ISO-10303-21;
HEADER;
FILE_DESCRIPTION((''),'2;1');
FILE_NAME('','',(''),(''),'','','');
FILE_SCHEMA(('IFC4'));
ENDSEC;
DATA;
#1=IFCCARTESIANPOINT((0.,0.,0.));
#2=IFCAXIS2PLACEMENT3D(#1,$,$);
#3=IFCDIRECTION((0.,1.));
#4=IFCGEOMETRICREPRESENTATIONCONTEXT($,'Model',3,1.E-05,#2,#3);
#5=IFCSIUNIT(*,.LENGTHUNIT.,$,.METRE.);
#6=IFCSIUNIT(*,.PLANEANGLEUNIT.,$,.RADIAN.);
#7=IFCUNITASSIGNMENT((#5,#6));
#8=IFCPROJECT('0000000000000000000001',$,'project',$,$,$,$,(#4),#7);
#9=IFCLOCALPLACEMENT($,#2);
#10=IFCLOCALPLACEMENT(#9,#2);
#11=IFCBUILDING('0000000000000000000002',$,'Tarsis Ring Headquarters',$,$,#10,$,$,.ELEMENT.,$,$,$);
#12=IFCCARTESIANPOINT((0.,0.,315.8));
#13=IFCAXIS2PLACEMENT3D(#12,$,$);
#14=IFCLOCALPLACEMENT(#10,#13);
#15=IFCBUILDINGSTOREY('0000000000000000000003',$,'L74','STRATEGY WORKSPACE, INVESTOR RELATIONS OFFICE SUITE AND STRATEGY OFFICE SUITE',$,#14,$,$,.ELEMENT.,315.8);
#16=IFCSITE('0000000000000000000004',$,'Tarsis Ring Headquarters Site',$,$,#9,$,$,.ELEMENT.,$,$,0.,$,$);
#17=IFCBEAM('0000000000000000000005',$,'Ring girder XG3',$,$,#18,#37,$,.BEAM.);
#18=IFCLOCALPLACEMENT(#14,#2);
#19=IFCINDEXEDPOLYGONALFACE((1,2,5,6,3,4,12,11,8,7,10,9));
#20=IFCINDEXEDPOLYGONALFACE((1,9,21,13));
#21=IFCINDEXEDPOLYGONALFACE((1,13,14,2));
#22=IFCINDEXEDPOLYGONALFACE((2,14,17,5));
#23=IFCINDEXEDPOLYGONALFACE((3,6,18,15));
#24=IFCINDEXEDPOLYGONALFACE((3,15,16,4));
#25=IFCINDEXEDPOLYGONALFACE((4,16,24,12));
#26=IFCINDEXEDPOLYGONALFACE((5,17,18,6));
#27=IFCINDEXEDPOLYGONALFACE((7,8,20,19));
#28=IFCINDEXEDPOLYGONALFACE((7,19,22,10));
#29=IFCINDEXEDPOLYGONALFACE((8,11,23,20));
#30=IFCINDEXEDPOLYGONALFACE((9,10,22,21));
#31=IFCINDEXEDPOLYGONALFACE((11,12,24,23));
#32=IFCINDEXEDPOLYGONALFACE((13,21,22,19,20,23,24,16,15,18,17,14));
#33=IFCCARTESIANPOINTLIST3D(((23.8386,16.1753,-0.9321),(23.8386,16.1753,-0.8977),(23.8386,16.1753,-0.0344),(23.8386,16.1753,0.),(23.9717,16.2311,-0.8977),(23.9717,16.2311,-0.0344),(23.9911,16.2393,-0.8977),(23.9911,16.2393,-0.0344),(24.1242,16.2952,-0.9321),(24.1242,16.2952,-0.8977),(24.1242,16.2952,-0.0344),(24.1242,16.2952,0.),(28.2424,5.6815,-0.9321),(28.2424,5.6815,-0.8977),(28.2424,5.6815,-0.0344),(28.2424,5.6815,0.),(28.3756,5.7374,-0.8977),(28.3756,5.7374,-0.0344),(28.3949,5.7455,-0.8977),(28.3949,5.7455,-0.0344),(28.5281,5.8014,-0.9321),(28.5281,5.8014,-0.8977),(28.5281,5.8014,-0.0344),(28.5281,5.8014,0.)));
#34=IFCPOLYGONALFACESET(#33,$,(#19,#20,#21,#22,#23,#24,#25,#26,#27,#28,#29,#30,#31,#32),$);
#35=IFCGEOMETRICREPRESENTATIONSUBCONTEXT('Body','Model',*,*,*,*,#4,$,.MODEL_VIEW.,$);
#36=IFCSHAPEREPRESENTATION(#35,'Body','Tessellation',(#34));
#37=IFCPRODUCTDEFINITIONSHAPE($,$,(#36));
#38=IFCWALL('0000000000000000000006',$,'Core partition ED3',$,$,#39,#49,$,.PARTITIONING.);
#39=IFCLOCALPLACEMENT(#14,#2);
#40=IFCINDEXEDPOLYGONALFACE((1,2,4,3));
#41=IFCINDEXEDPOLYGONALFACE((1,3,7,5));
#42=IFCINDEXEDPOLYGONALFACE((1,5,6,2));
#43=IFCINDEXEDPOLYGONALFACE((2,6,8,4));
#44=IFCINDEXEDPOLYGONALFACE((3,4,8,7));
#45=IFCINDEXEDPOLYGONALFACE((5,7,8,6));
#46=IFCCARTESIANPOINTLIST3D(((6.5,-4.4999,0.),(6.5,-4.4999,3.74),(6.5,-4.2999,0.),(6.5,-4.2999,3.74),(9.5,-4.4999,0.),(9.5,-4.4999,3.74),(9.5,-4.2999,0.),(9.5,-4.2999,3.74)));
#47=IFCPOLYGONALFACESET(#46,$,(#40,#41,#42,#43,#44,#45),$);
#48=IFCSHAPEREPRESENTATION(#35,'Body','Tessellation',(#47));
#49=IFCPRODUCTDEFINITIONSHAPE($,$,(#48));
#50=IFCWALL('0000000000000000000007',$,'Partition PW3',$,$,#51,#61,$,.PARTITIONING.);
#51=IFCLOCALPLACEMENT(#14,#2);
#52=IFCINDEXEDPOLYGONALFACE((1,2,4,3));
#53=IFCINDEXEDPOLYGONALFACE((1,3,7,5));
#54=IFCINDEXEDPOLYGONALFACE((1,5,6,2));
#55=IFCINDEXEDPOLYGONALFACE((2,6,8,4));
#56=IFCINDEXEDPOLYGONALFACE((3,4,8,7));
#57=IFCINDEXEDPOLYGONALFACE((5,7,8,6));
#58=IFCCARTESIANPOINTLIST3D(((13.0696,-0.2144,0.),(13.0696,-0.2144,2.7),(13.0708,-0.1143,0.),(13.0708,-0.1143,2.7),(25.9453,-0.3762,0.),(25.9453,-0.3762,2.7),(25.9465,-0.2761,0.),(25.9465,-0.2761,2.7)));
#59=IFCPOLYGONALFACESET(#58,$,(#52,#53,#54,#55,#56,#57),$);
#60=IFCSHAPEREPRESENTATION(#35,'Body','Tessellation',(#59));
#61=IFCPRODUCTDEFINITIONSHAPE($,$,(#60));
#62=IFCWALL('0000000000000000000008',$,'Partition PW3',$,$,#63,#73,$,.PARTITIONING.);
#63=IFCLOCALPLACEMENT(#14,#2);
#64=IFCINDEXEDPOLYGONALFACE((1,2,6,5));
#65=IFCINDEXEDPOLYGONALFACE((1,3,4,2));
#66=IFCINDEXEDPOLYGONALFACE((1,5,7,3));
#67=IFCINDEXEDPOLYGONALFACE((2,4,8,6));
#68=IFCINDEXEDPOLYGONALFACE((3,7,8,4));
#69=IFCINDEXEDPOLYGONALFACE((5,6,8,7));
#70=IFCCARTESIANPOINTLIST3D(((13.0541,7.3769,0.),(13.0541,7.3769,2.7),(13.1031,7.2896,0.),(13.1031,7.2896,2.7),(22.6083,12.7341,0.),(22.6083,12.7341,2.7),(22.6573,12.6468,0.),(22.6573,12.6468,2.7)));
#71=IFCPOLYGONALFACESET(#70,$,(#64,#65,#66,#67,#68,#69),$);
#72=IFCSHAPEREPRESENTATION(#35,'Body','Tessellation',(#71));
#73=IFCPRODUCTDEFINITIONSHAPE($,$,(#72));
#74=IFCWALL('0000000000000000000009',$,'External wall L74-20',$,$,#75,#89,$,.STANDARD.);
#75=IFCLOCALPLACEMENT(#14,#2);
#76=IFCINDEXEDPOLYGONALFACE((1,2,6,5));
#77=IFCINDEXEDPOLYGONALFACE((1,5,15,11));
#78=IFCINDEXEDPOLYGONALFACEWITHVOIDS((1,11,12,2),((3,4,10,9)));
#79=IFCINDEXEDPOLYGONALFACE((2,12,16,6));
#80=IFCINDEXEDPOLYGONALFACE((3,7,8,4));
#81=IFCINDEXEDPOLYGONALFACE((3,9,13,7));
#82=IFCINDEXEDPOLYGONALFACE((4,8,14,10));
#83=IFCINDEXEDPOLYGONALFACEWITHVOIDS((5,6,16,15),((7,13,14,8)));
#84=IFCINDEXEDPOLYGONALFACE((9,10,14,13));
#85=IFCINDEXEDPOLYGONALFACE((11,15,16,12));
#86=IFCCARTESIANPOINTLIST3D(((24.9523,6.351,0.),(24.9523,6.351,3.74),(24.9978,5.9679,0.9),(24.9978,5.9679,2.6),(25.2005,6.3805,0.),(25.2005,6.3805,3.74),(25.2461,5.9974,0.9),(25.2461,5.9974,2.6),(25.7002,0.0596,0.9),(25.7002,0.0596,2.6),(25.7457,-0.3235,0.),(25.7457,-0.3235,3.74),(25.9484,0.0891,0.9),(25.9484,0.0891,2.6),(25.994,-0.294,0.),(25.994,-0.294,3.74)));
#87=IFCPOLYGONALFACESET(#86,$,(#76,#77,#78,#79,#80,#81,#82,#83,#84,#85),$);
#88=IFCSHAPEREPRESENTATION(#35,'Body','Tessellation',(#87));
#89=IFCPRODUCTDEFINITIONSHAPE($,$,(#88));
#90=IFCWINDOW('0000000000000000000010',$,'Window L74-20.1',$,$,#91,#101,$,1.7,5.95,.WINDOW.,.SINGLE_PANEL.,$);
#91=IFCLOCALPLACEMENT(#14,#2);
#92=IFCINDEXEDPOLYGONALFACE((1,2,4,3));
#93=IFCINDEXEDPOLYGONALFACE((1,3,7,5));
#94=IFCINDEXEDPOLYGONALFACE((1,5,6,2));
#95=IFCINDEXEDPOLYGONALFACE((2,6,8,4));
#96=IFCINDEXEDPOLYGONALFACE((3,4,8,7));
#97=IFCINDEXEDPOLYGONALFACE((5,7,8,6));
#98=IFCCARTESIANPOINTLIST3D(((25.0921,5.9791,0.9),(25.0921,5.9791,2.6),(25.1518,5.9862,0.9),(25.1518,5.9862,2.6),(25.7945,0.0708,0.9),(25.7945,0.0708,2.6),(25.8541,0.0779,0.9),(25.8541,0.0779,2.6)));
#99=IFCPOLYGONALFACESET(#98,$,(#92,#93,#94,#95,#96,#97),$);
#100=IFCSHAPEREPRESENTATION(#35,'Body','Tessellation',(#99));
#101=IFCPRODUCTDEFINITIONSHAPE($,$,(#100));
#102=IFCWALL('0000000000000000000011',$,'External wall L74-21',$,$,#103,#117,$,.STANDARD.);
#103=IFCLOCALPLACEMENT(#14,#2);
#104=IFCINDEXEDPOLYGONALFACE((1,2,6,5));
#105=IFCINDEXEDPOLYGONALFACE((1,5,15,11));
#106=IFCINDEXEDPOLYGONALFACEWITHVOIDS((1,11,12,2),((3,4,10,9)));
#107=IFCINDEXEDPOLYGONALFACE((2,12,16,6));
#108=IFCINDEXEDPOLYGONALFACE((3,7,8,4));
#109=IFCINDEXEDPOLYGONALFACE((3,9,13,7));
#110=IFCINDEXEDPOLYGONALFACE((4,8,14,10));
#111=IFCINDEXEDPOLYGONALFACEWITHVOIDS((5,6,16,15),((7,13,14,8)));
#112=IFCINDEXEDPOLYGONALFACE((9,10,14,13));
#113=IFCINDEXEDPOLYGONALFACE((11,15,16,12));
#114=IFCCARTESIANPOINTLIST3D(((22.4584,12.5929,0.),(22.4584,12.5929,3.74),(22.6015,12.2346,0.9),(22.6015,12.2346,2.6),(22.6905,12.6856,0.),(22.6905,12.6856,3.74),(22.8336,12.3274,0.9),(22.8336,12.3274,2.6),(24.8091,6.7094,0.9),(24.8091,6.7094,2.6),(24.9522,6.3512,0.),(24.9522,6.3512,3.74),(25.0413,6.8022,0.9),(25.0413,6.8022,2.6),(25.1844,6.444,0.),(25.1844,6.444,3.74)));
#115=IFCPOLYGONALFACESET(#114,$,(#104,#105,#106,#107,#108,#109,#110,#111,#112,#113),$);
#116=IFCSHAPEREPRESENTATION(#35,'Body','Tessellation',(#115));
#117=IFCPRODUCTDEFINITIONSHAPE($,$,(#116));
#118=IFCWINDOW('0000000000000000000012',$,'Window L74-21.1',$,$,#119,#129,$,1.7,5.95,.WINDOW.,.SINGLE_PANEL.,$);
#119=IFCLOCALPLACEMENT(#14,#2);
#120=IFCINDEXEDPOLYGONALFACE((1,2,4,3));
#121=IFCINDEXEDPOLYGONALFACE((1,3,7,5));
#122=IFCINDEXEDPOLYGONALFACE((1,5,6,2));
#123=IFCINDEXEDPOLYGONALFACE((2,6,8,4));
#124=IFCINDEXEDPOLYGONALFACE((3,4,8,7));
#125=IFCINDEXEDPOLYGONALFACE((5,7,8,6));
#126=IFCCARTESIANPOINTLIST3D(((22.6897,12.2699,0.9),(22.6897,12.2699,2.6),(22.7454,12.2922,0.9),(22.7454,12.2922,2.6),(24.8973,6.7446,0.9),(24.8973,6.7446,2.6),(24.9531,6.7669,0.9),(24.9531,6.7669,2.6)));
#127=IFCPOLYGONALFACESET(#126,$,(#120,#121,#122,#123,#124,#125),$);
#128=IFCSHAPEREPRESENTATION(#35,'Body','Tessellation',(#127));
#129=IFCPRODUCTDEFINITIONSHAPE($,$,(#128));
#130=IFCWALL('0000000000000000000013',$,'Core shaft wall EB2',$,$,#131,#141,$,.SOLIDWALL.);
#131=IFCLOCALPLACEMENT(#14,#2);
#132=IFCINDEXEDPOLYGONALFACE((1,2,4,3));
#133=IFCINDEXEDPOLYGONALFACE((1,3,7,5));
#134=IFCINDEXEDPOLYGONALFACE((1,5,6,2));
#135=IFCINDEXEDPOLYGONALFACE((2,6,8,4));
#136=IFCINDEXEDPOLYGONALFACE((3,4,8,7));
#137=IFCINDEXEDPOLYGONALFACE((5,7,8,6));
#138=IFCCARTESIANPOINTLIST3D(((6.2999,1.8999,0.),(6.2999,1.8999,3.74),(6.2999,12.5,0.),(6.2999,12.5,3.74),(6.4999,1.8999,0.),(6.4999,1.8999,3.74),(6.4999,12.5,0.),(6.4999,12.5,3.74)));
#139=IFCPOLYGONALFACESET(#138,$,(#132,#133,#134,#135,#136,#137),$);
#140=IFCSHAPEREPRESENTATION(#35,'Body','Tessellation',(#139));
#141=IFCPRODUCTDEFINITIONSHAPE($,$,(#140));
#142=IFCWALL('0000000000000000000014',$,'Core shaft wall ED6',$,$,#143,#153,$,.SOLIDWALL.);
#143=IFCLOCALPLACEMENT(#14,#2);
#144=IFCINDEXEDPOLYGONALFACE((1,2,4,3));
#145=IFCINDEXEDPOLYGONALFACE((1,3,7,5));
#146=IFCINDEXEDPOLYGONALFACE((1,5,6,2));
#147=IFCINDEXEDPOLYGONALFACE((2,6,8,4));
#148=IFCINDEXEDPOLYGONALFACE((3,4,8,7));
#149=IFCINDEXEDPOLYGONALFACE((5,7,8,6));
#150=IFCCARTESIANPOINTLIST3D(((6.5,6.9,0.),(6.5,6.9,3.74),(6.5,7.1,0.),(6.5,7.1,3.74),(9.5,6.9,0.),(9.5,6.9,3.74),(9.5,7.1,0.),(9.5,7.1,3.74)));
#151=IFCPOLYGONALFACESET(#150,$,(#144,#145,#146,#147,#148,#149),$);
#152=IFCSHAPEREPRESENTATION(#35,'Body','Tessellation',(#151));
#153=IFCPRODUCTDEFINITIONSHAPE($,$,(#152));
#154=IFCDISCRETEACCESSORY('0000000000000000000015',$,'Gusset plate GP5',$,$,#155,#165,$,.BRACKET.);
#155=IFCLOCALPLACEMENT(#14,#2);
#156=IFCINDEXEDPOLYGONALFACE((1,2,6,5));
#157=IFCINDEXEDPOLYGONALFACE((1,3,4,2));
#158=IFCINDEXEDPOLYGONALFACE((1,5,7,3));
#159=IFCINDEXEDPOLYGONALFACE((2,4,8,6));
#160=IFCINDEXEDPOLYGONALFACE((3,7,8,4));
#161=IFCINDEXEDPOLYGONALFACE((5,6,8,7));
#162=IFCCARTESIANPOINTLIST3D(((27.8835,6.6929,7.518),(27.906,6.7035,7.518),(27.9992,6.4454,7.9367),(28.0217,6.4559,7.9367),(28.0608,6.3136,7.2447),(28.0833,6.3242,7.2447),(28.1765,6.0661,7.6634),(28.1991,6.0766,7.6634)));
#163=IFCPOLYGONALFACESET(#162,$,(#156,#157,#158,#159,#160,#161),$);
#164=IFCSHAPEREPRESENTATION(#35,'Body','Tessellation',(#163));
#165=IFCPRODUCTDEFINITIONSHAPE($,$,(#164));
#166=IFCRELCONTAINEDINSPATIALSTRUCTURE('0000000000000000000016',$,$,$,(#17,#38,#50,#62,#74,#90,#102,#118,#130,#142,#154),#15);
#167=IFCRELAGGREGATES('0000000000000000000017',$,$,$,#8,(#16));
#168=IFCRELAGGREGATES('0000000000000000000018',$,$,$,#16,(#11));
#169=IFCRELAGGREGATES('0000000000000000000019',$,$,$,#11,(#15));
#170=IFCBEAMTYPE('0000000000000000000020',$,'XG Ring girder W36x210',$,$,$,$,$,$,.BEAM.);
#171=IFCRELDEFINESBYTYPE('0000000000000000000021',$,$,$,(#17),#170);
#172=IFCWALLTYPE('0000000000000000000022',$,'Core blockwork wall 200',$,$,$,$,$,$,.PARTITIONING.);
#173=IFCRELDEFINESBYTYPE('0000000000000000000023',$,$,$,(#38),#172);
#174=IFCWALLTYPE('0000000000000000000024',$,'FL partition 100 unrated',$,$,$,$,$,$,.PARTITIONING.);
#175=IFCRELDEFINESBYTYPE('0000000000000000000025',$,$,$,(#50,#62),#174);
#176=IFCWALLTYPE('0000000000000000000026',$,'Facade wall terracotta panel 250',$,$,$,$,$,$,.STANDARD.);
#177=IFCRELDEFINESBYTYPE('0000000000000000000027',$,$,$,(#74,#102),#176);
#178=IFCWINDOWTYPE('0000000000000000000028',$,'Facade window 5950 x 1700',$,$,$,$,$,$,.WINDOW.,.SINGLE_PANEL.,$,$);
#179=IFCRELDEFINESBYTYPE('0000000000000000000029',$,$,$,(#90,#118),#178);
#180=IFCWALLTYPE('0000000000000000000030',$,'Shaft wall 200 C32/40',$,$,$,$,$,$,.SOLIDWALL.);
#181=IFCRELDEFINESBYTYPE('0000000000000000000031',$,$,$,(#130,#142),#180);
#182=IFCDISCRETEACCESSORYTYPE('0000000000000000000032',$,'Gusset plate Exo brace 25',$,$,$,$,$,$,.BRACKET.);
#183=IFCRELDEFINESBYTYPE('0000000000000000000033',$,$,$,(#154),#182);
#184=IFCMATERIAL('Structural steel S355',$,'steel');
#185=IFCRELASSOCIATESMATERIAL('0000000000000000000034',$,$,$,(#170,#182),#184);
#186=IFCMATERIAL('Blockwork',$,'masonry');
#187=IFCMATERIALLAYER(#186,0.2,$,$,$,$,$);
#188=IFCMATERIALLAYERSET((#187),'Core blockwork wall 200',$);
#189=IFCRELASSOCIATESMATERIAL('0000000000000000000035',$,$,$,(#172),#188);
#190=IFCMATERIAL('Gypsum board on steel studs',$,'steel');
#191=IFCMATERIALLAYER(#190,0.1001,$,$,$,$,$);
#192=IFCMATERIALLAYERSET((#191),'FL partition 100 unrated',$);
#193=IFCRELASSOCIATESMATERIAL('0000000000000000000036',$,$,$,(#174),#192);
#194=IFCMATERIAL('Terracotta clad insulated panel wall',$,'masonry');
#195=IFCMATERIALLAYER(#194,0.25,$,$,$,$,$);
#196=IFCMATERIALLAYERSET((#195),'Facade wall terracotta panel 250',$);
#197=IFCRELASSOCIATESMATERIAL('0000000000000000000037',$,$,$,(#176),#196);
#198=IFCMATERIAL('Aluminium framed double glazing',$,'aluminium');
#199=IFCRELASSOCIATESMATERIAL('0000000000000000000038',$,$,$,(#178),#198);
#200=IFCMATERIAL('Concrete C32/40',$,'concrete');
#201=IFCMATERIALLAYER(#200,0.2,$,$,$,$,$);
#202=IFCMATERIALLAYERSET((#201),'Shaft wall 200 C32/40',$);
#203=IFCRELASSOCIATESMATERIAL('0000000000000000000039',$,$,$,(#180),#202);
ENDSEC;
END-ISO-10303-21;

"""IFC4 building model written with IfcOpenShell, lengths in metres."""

from ifc_helpers import new_model, si_unit, direction, frame, frame_2d, origin, origin_2d, place, context, subcontext, project, spatial, rectangle, i_section, extrude, material, layer, layer_set, material_profile, profile_set, type_object, element, fill, save


model = new_model("IFC4")

# Units and contexts
model_context = context("Model", 3, precision=1e-05, world=origin(), true_north=direction((0.0, 1.0)))
body_context = subcontext(model_context, "Body", "Model", "MODEL_VIEW")
ifc_project = project(units=[si_unit("LENGTHUNIT", "METRE"), si_unit("PLANEANGLEUNIT", "RADIAN")], contexts=[model_context])

# Site, building, storey
site_placement = place(None, origin())
site = spatial("IfcSite", under=ifc_project, at=site_placement, Name="Tarsis Ring Headquarters Site", CompositionType="ELEMENT", RefElevation=0.0)
building_placement = place(site_placement, origin())
building = spatial("IfcBuilding", under=site, at=building_placement, Name="Tarsis Ring Headquarters", CompositionType="ELEMENT")
storey_placement = place(building_placement, frame((0.0, 0.0, 315.8)))
storey = spatial("IfcBuildingStorey", under=building, at=storey_placement, Name="L74", Description="STRATEGY WORKSPACE, INVESTOR RELATIONS OFFICE SUITE AND STRATEGY OFFICE SUITE", CompositionType="ELEMENT", Elevation=315.8)

# Shared definitions
ifc_material_1 = material(Name="Structural steel S355", Category="steel")

# Beam
ifc_material_profile_1 = material_profile(ifc_material_1, i_section(OverallWidth=0.3098, OverallDepth=0.9321, WebThickness=0.021, FlangeThickness=0.0344, at=origin_2d()), Name="W36x210")
ifc_profile_set_1 = profile_set([ifc_material_profile_1], Name="Structural steel S355")
beam_type_1 = type_object("IfcBeamType", Name="XG Ring girder W36x210", PredefinedType="BEAM", material=ifc_profile_set_1)
beam_1_placement = place(storey_placement, frame((28.3853, 5.7415, -0.4661), z_axis=(-0.386969, 0.922093, 0.0), x_axis=(-0.922093, -0.386969, 0.0)))
element("IfcBeam", 1, at=beam_1_placement, inside=storey, type_object=beam_type_1, Name="Ring girder XG3", PredefinedType="BEAM", context=body_context, shape_type="SweptSolid", body=[
    extrude(i_section(OverallWidth=0.3098, OverallDepth=0.9321, WebThickness=0.021, FlangeThickness=0.0344, at=origin_2d()), origin(), (0.0, 0.0, 1.0), 11.3804),
])

# Walls
ifc_material_2 = material(Name="Blockwork", Category="masonry")
ifc_layer_1 = layer(ifc_material_2, 0.2)
ifc_layer_set_1 = layer_set([ifc_layer_1], Name="Core blockwork wall 200")
wall_type_1 = type_object("IfcWallType", Name="Core blockwork wall 200", PredefinedType="PARTITIONING", material=ifc_layer_set_1)
wall_1_placement = place(storey_placement, frame((6.5, -4.3999, 0.0), z_axis=(0.0, 0.0, 1.0), x_axis=(1.0, 0.0, 0.0)))
element("IfcWall", 2, at=wall_1_placement, inside=storey, type_object=wall_type_1, Name="Core partition ED3", PredefinedType="PARTITIONING", context=body_context, shape_type="SweptSolid", body=[
    extrude(rectangle(XDim=3.0, YDim=0.2, at=frame_2d((1.5, 0.0))), origin(), (0.0, 0.0, 1.0), 3.74),
])
ifc_material_3 = material(Name="Gypsum board on steel studs", Category="steel")
ifc_layer_2 = layer(ifc_material_3, 0.1001)
ifc_layer_set_2 = layer_set([ifc_layer_2], Name="FL partition 100 unrated")
wall_type_2 = type_object("IfcWallType", Name="FL partition 100 unrated", PredefinedType="PARTITIONING", material=ifc_layer_set_2)
wall_2_placement = place(storey_placement, frame((13.0701, -0.1643, 0.0), z_axis=(0.0, 0.0, 1.0), x_axis=(0.999921, -0.01257, 0.0)))
element("IfcWall", 3, at=wall_2_placement, inside=storey, type_object=wall_type_2, Name="Partition PW3", PredefinedType="PARTITIONING", context=body_context, shape_type="SweptSolid", body=[
    extrude(rectangle(XDim=12.8767, YDim=0.1001, at=frame_2d((6.4385, 0.0))), origin(), (0.0, 0.0, 1.0), 2.7),
])
wall_3_placement = place(storey_placement, frame((13.0786, 7.3333, 0.0), z_axis=(0.0, 0.0, 1.0), x_axis=(0.87224, 0.489078, 0.0)))
element("IfcWall", 4, at=wall_3_placement, inside=storey, type_object=wall_type_2, Name="Partition PW3", PredefinedType="PARTITIONING", context=body_context, shape_type="SweptSolid", body=[
    extrude(rectangle(XDim=10.9536, YDim=0.1001, at=frame_2d((5.4768, 0.0))), origin(), (0.0, 0.0, 1.0), 2.7),
])

# Walls, openings, windows
ifc_material_4 = material(Name="Terracotta clad insulated panel wall", Category="masonry")
ifc_layer_3 = layer(ifc_material_4, 0.25)
ifc_layer_set_3 = layer_set([ifc_layer_3], Name="Facade wall terracotta panel 250")
wall_type_3 = type_object("IfcWallType", Name="Facade wall terracotta panel 250", PredefinedType="STANDARD", material=ifc_layer_set_3)
wall_4_placement = place(storey_placement, frame((25.8699, -0.3088, 0.0), z_axis=(0.0, 0.0, 1.0), x_axis=(-0.118047, 0.993008, 0.0)))
wall_4 = element("IfcWall", 5, at=wall_4_placement, inside=storey, type_object=wall_type_3, Name="External wall L74-20", PredefinedType="STANDARD", context=body_context, shape_type="SweptSolid", body=[
    extrude(rectangle(XDim=6.7214, YDim=0.25, at=frame_2d((3.3608, 0.0))), origin(), (0.0, 0.0, 1.0), 3.74),
])
opening_1_placement = place(wall_4_placement, frame((0.3857, 0.0, 0.8999)))
opening_1 = element("IfcOpeningElement", 6, at=opening_1_placement, cuts=wall_4, PredefinedType="OPENING", context=body_context, shape_type="SweptSolid", body=[
    extrude(rectangle(XDim=5.95, YDim=1.7, at=frame_2d((2.9751, 0.8501))), frame((0.0, 0.135, 0.0), z_axis=(0.0, -1.0, 0.0), x_axis=(1.0, 0.0, 0.0)), (0.0, 0.0, 1.0), 0.27),
])
ifc_material_5 = material(Name="Aluminium framed double glazing", Category="aluminium")
window_type = type_object("IfcWindowType", Name="Facade window 5950 x 1700", PartitioningType="SINGLE_PANEL", PredefinedType="WINDOW", material=ifc_material_5)
window_1_placement = place(opening_1_placement, origin())
window_1 = element("IfcWindow", 7, at=window_1_placement, inside=storey, type_object=window_type, Name="Window L74-20.1", OverallHeight=1.7, OverallWidth=5.95, PartitioningType="SINGLE_PANEL", PredefinedType="WINDOW", context=body_context, shape_type="SweptSolid", body=[
    extrude(rectangle(XDim=5.95, YDim=1.7, at=frame_2d((2.9751, 0.8501))), frame((0.0, 0.03, 0.0), z_axis=(0.0, -1.0, 0.0), x_axis=(1.0, 0.0, 0.0)), (0.0, 0.0, 1.0), 0.0601),
])
fill(opening_1, window_1)
wall_5_placement = place(storey_placement, frame((25.0684, 6.3975, 0.0), z_axis=(0.0, 0.0, 1.0), x_axis=(-0.371034, 0.928619, 0.0)))
wall_5 = element("IfcWall", 8, at=wall_5_placement, inside=storey, type_object=wall_type_3, Name="External wall L74-21", PredefinedType="STANDARD", context=body_context, shape_type="SweptSolid", body=[
    extrude(rectangle(XDim=6.7214, YDim=0.25, at=frame_2d((3.3608, 0.0))), origin(), (0.0, 0.0, 1.0), 3.74),
])
opening_2_placement = place(wall_5_placement, frame((0.3857, 0.0, 0.8999)))
opening_2 = element("IfcOpeningElement", 9, at=opening_2_placement, cuts=wall_5, PredefinedType="OPENING", context=body_context, shape_type="SweptSolid", body=[
    extrude(rectangle(XDim=5.95, YDim=1.7, at=frame_2d((2.9751, 0.8501))), frame((0.0, 0.135, 0.0), z_axis=(0.0, -1.0, 0.0), x_axis=(1.0, 0.0, 0.0)), (0.0, 0.0, 1.0), 0.27),
])
window_2_placement = place(opening_2_placement, origin())
window_2 = element("IfcWindow", 10, at=window_2_placement, inside=storey, type_object=window_type, Name="Window L74-21.1", OverallHeight=1.7, OverallWidth=5.95, PartitioningType="SINGLE_PANEL", PredefinedType="WINDOW", context=body_context, shape_type="SweptSolid", body=[
    extrude(rectangle(XDim=5.95, YDim=1.7, at=frame_2d((2.9751, 0.8501))), frame((0.0, 0.03, 0.0), z_axis=(0.0, -1.0, 0.0), x_axis=(1.0, 0.0, 0.0)), (0.0, 0.0, 1.0), 0.0601),
])
fill(opening_2, window_2)

# Walls
ifc_material_6 = material(Name="Concrete C32/40", Category="concrete")
ifc_layer_4 = layer(ifc_material_6, 0.2)
ifc_layer_set_4 = layer_set([ifc_layer_4], Name="Shaft wall 200 C32/40")
wall_type_4 = type_object("IfcWallType", Name="Shaft wall 200 C32/40", PredefinedType="SOLIDWALL", material=ifc_layer_set_4)
wall_6_placement = place(storey_placement, frame((6.3999, 1.8999, 0.0), z_axis=(0.0, 0.0, 1.0), x_axis=(0.0, 1.0, 0.0)))
element("IfcWall", 11, at=wall_6_placement, inside=storey, type_object=wall_type_4, Name="Core shaft wall EB2", PredefinedType="SOLIDWALL", context=body_context, shape_type="SweptSolid", body=[
    extrude(rectangle(XDim=10.6001, YDim=0.2, at=frame_2d((5.3, 0.0))), origin(), (0.0, 0.0, 1.0), 3.74),
])
wall_7_placement = place(storey_placement, frame((6.5, 7.0, 0.0), z_axis=(0.0, 0.0, 1.0), x_axis=(1.0, 0.0, 0.0)))
element("IfcWall", 12, at=wall_7_placement, inside=storey, type_object=wall_type_4, Name="Core shaft wall ED6", PredefinedType="SOLIDWALL", context=body_context, shape_type="SweptSolid", body=[
    extrude(rectangle(XDim=3.0, YDim=0.2, at=frame_2d((1.5, 0.0))), origin(), (0.0, 0.0, 1.0), 3.74),
])

# Discrete accessory
ifc_material_profile_2 = material_profile(ifc_material_1, rectangle(XDim=0.0249, YDim=0.5, at=origin_2d()), Name="PL 25x500")
ifc_profile_set_2 = profile_set([ifc_material_profile_2], Name="Structural steel S355")
discrete_accessory_type = type_object("IfcDiscreteAccessoryType", Name="Gusset plate Exo brace 25", PredefinedType="BRACKET", material=ifc_profile_set_2)
discrete_accessory_placement = place(storey_placement, frame((28.0991, 6.261, 7.8), z_axis=(-0.231451, 0.495129, -0.837423), x_axis=(-0.905909, -0.423472, 0.0)))
element("IfcDiscreteAccessory", 13, at=discrete_accessory_placement, inside=storey, type_object=discrete_accessory_type, Name="Gusset plate GP5", PredefinedType="BRACKET", context=body_context, shape_type="SweptSolid", body=[
    extrude(rectangle(XDim=0.0249, YDim=0.5, at=origin_2d()), origin(), (0.0, 0.0, 1.0), 0.5),
])

save(model, "model.ifc")
